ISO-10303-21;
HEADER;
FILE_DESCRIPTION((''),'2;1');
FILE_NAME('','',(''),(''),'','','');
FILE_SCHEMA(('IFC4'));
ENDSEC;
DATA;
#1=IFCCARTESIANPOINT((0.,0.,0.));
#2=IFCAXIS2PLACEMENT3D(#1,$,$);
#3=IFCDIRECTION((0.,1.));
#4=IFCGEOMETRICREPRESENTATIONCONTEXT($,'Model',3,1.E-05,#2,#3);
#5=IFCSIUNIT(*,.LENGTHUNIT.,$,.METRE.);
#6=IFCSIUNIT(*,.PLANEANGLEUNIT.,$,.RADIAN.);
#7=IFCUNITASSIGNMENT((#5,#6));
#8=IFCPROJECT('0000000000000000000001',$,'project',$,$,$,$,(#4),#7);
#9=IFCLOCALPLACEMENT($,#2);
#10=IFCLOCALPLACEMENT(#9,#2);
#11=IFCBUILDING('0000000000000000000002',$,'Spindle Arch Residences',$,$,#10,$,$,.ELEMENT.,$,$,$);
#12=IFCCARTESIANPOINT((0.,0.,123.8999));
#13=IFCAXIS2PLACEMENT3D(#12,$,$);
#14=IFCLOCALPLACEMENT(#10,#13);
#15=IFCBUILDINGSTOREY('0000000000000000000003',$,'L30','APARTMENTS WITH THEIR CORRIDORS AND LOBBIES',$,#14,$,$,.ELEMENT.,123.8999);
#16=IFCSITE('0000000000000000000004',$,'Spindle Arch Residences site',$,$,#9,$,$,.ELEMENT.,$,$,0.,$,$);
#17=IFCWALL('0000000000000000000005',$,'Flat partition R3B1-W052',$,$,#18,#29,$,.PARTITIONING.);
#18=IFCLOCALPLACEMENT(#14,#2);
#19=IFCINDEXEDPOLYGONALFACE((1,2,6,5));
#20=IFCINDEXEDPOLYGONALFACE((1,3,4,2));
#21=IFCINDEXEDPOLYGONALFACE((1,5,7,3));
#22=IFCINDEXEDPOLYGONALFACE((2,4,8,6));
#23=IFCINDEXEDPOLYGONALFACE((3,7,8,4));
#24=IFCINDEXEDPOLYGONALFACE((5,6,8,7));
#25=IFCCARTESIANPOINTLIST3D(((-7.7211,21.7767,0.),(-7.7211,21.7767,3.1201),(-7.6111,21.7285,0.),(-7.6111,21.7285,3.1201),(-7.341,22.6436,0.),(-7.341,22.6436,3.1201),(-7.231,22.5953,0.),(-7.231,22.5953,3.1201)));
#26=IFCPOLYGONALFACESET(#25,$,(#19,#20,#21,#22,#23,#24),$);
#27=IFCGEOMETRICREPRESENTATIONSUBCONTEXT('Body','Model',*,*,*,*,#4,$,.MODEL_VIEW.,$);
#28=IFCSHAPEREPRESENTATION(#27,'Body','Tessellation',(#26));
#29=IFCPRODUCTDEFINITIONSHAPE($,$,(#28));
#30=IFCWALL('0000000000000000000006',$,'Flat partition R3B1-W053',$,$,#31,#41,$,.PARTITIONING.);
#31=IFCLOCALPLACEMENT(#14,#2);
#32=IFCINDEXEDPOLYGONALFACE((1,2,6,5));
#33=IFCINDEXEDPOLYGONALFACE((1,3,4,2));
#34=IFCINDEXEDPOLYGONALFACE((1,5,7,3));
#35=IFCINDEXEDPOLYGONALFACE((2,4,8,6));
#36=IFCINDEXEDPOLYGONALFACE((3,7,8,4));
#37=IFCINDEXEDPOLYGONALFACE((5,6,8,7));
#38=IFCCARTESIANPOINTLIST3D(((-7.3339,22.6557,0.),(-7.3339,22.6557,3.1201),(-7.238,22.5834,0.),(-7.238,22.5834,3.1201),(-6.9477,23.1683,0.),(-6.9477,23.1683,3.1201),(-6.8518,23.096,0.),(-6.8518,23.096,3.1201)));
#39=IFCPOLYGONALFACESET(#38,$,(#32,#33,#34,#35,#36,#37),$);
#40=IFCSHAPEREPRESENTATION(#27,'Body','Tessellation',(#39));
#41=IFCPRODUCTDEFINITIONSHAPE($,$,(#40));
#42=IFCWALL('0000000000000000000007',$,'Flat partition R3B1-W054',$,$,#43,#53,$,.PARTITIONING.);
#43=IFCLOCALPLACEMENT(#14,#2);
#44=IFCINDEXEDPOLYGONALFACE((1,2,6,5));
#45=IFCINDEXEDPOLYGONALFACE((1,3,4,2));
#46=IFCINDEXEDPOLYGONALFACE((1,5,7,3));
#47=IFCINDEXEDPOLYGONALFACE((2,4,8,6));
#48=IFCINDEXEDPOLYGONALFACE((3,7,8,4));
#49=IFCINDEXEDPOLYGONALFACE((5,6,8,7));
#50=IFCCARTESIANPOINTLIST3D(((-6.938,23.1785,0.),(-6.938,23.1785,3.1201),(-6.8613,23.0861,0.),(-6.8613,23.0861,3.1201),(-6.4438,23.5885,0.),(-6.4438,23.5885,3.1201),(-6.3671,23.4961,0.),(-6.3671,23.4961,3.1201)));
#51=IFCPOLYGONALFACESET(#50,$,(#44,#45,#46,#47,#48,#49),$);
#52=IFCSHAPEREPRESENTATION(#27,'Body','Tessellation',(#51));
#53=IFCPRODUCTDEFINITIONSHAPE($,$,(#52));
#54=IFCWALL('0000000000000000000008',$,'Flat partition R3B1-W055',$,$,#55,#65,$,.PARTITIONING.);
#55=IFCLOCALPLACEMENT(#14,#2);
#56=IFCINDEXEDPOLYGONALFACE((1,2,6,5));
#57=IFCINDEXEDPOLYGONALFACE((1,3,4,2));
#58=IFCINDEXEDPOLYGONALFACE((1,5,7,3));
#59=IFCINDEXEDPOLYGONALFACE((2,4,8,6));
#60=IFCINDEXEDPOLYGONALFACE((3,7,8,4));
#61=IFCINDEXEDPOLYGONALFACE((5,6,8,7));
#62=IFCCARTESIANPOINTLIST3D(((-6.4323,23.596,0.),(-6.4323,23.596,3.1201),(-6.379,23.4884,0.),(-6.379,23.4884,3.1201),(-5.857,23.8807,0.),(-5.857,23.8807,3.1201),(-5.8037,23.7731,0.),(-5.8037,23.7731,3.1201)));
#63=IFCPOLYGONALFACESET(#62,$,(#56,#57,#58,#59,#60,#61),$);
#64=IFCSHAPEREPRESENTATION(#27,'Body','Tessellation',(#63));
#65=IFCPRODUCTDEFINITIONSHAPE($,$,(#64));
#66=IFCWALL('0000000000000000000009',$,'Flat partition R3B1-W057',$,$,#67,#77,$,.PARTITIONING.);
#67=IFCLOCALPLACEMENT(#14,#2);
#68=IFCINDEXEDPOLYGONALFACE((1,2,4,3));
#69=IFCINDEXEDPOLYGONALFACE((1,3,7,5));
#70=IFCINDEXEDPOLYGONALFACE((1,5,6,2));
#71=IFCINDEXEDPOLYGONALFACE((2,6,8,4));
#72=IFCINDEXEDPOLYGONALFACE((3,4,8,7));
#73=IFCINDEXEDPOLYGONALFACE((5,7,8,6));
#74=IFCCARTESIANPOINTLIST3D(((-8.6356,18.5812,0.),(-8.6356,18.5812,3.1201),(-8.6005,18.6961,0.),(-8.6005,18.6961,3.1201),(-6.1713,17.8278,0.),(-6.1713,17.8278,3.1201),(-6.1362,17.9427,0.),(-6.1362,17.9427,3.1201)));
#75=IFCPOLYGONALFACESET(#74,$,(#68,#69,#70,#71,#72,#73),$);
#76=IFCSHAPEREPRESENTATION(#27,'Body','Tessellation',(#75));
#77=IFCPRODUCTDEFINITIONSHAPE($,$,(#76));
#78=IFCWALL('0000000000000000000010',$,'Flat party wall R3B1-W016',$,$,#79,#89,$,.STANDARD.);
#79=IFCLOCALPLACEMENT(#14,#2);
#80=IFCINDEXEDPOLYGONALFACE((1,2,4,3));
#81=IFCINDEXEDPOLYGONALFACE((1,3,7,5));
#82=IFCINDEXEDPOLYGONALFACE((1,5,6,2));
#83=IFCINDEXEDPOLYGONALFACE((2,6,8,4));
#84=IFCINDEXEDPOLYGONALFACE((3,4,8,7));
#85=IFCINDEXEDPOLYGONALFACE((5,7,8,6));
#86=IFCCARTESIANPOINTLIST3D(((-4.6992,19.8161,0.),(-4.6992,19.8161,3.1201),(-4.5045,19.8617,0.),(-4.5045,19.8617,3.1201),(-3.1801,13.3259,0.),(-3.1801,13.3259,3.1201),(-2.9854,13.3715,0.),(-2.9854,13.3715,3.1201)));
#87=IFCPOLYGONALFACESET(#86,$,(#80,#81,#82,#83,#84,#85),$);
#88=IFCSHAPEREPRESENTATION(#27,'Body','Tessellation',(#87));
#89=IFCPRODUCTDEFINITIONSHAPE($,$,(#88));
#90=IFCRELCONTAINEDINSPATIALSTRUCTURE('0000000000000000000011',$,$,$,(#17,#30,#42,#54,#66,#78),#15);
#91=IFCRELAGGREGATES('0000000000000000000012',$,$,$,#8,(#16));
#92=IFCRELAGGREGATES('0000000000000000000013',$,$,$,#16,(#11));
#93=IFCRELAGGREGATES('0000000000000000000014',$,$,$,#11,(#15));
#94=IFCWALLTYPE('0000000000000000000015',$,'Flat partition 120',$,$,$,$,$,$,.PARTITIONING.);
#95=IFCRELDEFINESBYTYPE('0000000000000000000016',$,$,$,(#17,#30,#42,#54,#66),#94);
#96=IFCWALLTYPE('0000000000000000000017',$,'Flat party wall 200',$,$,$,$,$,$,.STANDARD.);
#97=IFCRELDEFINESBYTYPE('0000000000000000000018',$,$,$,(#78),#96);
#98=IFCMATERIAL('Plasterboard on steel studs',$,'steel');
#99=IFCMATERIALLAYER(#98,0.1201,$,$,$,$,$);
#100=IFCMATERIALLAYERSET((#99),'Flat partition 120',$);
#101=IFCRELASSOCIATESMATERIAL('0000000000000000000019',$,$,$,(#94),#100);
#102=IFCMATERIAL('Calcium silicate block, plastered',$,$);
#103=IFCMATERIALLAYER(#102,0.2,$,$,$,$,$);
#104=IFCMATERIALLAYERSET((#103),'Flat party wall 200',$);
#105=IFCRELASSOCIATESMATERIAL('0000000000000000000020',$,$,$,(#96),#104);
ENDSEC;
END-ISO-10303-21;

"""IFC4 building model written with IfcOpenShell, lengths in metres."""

from ifc_helpers import new_model, si_unit, direction, frame, frame_2d, origin, place, context, subcontext, project, spatial, rectangle, extrude, material, layer, layer_set, type_object, element, save


model = new_model("IFC4")

# Units and contexts
model_context = context("Model", 3, precision=1e-05, world=origin(), true_north=direction((0.0, 1.0)))
body_context = subcontext(model_context, "Body", "Model", "MODEL_VIEW")
ifc_project = project(units=[si_unit("LENGTHUNIT", "METRE"), si_unit("PLANEANGLEUNIT", "RADIAN")], contexts=[model_context])

# Site, building, storey
site_placement = place(None, origin())
site = spatial("IfcSite", under=ifc_project, at=site_placement, Name="Spindle Arch Residences site", CompositionType="ELEMENT", RefElevation=0.0)
building_placement = place(site_placement, origin())
building = spatial("IfcBuilding", under=site, at=building_placement, Name="Spindle Arch Residences", CompositionType="ELEMENT")
storey_placement = place(building_placement, frame((0.0, 0.0, 123.8999)))
storey = spatial("IfcBuildingStorey", under=building, at=storey_placement, Name="L30", Description="APARTMENTS WITH THEIR CORRIDORS AND LOBBIES", CompositionType="ELEMENT", Elevation=123.8999)

# Shared definitions
ifc_material_1 = material(Name="Plasterboard on steel studs", Category="steel")
ifc_layer_1 = layer(ifc_material_1, 0.1201)
ifc_layer_set_1 = layer_set([ifc_layer_1], Name="Flat partition 120")
wall_type_1 = type_object("IfcWallType", Name="Flat partition 120", PredefinedType="PARTITIONING", material=ifc_layer_set_1)

# Walls
wall_1_placement = place(storey_placement, frame((-7.666, 21.7527, 0.0), z_axis=(0.0, 0.0, 1.0), x_axis=(0.401563, 0.915831, 0.0)))
element("IfcWall", 1, at=wall_1_placement, inside=storey, type_object=wall_type_1, Name="Flat partition R3B1-W052", PredefinedType="PARTITIONING", context=body_context, shape_type="SweptSolid", body=[
    extrude(rectangle(XDim=0.9465, YDim=0.1201, at=frame_2d((0.4731, 0.0))), origin(), (0.0, 0.0, 1.0), 3.1201),
])
wall_2_placement = place(storey_placement, frame((-7.2859, 22.6196, 0.0), z_axis=(0.0, 0.0, 1.0), x_axis=(0.601703, 0.79872, 0.0)))
element("IfcWall", 2, at=wall_2_placement, inside=storey, type_object=wall_type_1, Name="Flat partition R3B1-W053", PredefinedType="PARTITIONING", context=body_context, shape_type="SweptSolid", body=[
    extrude(rectangle(XDim=0.6418, YDim=0.1201, at=frame_2d((0.3208, 0.0))), origin(), (0.0, 0.0, 1.0), 3.1201),
])
wall_3_placement = place(storey_placement, frame((-6.8997, 23.1323, 0.0), z_axis=(0.0, 0.0, 1.0), x_axis=(0.769653, 0.638462, 0.0)))
element("IfcWall", 3, at=wall_3_placement, inside=storey, type_object=wall_type_1, Name="Flat partition R3B1-W054", PredefinedType="PARTITIONING", context=body_context, shape_type="SweptSolid", body=[
    extrude(rectangle(XDim=0.6421, YDim=0.1201, at=frame_2d((0.321, 0.0))), origin(), (0.0, 0.0, 1.0), 3.1201),
])
wall_4_placement = place(storey_placement, frame((-6.4055, 23.5422, 0.0), z_axis=(0.0, 0.0, 1.0), x_axis=(0.896246, 0.443558, 0.0)))
element("IfcWall", 4, at=wall_4_placement, inside=storey, type_object=wall_type_1, Name="Flat partition R3B1-W055", PredefinedType="PARTITIONING", context=body_context, shape_type="SweptSolid", body=[
    extrude(rectangle(XDim=0.6418, YDim=0.1201, at=frame_2d((0.3208, 0.0))), origin(), (0.0, 0.0, 1.0), 3.1201),
])
wall_5_placement = place(storey_placement, frame((-8.6182, 18.6387, 0.0), z_axis=(0.0, 0.0, 1.0), x_axis=(0.956306, -0.292368, 0.0)))
element("IfcWall", 5, at=wall_5_placement, inside=storey, type_object=wall_type_1, Name="Flat partition R3B1-W057", PredefinedType="PARTITIONING", context=body_context, shape_type="SweptSolid", body=[
    extrude(rectangle(XDim=2.5769, YDim=0.1201, at=frame_2d((1.2886, 0.0))), origin(), (0.0, 0.0, 1.0), 3.1201),
])
ifc_material_2 = material(Name="Calcium silicate block, plastered")
ifc_layer_2 = layer(ifc_material_2, 0.2)
ifc_layer_set_2 = layer_set([ifc_layer_2], Name="Flat party wall 200")
wall_type_2 = type_object("IfcWallType", Name="Flat party wall 200", PredefinedType="STANDARD", material=ifc_layer_set_2)
wall_6_placement = place(storey_placement, frame((-4.6018, 19.8389, 0.0), z_axis=(0.0, 0.0, 1.0), x_axis=(0.227892, -0.973686, 0.0)))
element("IfcWall", 6, at=wall_6_placement, inside=storey, type_object=wall_type_2, Name="Flat party wall R3B1-W016", PredefinedType="STANDARD", context=body_context, shape_type="SweptSolid", body=[
    extrude(rectangle(XDim=6.6655, YDim=0.2, at=frame_2d((3.3328, 0.0))), origin(), (0.0, 0.0, 1.0), 3.1201),
])

save(model, "model.ifc")
